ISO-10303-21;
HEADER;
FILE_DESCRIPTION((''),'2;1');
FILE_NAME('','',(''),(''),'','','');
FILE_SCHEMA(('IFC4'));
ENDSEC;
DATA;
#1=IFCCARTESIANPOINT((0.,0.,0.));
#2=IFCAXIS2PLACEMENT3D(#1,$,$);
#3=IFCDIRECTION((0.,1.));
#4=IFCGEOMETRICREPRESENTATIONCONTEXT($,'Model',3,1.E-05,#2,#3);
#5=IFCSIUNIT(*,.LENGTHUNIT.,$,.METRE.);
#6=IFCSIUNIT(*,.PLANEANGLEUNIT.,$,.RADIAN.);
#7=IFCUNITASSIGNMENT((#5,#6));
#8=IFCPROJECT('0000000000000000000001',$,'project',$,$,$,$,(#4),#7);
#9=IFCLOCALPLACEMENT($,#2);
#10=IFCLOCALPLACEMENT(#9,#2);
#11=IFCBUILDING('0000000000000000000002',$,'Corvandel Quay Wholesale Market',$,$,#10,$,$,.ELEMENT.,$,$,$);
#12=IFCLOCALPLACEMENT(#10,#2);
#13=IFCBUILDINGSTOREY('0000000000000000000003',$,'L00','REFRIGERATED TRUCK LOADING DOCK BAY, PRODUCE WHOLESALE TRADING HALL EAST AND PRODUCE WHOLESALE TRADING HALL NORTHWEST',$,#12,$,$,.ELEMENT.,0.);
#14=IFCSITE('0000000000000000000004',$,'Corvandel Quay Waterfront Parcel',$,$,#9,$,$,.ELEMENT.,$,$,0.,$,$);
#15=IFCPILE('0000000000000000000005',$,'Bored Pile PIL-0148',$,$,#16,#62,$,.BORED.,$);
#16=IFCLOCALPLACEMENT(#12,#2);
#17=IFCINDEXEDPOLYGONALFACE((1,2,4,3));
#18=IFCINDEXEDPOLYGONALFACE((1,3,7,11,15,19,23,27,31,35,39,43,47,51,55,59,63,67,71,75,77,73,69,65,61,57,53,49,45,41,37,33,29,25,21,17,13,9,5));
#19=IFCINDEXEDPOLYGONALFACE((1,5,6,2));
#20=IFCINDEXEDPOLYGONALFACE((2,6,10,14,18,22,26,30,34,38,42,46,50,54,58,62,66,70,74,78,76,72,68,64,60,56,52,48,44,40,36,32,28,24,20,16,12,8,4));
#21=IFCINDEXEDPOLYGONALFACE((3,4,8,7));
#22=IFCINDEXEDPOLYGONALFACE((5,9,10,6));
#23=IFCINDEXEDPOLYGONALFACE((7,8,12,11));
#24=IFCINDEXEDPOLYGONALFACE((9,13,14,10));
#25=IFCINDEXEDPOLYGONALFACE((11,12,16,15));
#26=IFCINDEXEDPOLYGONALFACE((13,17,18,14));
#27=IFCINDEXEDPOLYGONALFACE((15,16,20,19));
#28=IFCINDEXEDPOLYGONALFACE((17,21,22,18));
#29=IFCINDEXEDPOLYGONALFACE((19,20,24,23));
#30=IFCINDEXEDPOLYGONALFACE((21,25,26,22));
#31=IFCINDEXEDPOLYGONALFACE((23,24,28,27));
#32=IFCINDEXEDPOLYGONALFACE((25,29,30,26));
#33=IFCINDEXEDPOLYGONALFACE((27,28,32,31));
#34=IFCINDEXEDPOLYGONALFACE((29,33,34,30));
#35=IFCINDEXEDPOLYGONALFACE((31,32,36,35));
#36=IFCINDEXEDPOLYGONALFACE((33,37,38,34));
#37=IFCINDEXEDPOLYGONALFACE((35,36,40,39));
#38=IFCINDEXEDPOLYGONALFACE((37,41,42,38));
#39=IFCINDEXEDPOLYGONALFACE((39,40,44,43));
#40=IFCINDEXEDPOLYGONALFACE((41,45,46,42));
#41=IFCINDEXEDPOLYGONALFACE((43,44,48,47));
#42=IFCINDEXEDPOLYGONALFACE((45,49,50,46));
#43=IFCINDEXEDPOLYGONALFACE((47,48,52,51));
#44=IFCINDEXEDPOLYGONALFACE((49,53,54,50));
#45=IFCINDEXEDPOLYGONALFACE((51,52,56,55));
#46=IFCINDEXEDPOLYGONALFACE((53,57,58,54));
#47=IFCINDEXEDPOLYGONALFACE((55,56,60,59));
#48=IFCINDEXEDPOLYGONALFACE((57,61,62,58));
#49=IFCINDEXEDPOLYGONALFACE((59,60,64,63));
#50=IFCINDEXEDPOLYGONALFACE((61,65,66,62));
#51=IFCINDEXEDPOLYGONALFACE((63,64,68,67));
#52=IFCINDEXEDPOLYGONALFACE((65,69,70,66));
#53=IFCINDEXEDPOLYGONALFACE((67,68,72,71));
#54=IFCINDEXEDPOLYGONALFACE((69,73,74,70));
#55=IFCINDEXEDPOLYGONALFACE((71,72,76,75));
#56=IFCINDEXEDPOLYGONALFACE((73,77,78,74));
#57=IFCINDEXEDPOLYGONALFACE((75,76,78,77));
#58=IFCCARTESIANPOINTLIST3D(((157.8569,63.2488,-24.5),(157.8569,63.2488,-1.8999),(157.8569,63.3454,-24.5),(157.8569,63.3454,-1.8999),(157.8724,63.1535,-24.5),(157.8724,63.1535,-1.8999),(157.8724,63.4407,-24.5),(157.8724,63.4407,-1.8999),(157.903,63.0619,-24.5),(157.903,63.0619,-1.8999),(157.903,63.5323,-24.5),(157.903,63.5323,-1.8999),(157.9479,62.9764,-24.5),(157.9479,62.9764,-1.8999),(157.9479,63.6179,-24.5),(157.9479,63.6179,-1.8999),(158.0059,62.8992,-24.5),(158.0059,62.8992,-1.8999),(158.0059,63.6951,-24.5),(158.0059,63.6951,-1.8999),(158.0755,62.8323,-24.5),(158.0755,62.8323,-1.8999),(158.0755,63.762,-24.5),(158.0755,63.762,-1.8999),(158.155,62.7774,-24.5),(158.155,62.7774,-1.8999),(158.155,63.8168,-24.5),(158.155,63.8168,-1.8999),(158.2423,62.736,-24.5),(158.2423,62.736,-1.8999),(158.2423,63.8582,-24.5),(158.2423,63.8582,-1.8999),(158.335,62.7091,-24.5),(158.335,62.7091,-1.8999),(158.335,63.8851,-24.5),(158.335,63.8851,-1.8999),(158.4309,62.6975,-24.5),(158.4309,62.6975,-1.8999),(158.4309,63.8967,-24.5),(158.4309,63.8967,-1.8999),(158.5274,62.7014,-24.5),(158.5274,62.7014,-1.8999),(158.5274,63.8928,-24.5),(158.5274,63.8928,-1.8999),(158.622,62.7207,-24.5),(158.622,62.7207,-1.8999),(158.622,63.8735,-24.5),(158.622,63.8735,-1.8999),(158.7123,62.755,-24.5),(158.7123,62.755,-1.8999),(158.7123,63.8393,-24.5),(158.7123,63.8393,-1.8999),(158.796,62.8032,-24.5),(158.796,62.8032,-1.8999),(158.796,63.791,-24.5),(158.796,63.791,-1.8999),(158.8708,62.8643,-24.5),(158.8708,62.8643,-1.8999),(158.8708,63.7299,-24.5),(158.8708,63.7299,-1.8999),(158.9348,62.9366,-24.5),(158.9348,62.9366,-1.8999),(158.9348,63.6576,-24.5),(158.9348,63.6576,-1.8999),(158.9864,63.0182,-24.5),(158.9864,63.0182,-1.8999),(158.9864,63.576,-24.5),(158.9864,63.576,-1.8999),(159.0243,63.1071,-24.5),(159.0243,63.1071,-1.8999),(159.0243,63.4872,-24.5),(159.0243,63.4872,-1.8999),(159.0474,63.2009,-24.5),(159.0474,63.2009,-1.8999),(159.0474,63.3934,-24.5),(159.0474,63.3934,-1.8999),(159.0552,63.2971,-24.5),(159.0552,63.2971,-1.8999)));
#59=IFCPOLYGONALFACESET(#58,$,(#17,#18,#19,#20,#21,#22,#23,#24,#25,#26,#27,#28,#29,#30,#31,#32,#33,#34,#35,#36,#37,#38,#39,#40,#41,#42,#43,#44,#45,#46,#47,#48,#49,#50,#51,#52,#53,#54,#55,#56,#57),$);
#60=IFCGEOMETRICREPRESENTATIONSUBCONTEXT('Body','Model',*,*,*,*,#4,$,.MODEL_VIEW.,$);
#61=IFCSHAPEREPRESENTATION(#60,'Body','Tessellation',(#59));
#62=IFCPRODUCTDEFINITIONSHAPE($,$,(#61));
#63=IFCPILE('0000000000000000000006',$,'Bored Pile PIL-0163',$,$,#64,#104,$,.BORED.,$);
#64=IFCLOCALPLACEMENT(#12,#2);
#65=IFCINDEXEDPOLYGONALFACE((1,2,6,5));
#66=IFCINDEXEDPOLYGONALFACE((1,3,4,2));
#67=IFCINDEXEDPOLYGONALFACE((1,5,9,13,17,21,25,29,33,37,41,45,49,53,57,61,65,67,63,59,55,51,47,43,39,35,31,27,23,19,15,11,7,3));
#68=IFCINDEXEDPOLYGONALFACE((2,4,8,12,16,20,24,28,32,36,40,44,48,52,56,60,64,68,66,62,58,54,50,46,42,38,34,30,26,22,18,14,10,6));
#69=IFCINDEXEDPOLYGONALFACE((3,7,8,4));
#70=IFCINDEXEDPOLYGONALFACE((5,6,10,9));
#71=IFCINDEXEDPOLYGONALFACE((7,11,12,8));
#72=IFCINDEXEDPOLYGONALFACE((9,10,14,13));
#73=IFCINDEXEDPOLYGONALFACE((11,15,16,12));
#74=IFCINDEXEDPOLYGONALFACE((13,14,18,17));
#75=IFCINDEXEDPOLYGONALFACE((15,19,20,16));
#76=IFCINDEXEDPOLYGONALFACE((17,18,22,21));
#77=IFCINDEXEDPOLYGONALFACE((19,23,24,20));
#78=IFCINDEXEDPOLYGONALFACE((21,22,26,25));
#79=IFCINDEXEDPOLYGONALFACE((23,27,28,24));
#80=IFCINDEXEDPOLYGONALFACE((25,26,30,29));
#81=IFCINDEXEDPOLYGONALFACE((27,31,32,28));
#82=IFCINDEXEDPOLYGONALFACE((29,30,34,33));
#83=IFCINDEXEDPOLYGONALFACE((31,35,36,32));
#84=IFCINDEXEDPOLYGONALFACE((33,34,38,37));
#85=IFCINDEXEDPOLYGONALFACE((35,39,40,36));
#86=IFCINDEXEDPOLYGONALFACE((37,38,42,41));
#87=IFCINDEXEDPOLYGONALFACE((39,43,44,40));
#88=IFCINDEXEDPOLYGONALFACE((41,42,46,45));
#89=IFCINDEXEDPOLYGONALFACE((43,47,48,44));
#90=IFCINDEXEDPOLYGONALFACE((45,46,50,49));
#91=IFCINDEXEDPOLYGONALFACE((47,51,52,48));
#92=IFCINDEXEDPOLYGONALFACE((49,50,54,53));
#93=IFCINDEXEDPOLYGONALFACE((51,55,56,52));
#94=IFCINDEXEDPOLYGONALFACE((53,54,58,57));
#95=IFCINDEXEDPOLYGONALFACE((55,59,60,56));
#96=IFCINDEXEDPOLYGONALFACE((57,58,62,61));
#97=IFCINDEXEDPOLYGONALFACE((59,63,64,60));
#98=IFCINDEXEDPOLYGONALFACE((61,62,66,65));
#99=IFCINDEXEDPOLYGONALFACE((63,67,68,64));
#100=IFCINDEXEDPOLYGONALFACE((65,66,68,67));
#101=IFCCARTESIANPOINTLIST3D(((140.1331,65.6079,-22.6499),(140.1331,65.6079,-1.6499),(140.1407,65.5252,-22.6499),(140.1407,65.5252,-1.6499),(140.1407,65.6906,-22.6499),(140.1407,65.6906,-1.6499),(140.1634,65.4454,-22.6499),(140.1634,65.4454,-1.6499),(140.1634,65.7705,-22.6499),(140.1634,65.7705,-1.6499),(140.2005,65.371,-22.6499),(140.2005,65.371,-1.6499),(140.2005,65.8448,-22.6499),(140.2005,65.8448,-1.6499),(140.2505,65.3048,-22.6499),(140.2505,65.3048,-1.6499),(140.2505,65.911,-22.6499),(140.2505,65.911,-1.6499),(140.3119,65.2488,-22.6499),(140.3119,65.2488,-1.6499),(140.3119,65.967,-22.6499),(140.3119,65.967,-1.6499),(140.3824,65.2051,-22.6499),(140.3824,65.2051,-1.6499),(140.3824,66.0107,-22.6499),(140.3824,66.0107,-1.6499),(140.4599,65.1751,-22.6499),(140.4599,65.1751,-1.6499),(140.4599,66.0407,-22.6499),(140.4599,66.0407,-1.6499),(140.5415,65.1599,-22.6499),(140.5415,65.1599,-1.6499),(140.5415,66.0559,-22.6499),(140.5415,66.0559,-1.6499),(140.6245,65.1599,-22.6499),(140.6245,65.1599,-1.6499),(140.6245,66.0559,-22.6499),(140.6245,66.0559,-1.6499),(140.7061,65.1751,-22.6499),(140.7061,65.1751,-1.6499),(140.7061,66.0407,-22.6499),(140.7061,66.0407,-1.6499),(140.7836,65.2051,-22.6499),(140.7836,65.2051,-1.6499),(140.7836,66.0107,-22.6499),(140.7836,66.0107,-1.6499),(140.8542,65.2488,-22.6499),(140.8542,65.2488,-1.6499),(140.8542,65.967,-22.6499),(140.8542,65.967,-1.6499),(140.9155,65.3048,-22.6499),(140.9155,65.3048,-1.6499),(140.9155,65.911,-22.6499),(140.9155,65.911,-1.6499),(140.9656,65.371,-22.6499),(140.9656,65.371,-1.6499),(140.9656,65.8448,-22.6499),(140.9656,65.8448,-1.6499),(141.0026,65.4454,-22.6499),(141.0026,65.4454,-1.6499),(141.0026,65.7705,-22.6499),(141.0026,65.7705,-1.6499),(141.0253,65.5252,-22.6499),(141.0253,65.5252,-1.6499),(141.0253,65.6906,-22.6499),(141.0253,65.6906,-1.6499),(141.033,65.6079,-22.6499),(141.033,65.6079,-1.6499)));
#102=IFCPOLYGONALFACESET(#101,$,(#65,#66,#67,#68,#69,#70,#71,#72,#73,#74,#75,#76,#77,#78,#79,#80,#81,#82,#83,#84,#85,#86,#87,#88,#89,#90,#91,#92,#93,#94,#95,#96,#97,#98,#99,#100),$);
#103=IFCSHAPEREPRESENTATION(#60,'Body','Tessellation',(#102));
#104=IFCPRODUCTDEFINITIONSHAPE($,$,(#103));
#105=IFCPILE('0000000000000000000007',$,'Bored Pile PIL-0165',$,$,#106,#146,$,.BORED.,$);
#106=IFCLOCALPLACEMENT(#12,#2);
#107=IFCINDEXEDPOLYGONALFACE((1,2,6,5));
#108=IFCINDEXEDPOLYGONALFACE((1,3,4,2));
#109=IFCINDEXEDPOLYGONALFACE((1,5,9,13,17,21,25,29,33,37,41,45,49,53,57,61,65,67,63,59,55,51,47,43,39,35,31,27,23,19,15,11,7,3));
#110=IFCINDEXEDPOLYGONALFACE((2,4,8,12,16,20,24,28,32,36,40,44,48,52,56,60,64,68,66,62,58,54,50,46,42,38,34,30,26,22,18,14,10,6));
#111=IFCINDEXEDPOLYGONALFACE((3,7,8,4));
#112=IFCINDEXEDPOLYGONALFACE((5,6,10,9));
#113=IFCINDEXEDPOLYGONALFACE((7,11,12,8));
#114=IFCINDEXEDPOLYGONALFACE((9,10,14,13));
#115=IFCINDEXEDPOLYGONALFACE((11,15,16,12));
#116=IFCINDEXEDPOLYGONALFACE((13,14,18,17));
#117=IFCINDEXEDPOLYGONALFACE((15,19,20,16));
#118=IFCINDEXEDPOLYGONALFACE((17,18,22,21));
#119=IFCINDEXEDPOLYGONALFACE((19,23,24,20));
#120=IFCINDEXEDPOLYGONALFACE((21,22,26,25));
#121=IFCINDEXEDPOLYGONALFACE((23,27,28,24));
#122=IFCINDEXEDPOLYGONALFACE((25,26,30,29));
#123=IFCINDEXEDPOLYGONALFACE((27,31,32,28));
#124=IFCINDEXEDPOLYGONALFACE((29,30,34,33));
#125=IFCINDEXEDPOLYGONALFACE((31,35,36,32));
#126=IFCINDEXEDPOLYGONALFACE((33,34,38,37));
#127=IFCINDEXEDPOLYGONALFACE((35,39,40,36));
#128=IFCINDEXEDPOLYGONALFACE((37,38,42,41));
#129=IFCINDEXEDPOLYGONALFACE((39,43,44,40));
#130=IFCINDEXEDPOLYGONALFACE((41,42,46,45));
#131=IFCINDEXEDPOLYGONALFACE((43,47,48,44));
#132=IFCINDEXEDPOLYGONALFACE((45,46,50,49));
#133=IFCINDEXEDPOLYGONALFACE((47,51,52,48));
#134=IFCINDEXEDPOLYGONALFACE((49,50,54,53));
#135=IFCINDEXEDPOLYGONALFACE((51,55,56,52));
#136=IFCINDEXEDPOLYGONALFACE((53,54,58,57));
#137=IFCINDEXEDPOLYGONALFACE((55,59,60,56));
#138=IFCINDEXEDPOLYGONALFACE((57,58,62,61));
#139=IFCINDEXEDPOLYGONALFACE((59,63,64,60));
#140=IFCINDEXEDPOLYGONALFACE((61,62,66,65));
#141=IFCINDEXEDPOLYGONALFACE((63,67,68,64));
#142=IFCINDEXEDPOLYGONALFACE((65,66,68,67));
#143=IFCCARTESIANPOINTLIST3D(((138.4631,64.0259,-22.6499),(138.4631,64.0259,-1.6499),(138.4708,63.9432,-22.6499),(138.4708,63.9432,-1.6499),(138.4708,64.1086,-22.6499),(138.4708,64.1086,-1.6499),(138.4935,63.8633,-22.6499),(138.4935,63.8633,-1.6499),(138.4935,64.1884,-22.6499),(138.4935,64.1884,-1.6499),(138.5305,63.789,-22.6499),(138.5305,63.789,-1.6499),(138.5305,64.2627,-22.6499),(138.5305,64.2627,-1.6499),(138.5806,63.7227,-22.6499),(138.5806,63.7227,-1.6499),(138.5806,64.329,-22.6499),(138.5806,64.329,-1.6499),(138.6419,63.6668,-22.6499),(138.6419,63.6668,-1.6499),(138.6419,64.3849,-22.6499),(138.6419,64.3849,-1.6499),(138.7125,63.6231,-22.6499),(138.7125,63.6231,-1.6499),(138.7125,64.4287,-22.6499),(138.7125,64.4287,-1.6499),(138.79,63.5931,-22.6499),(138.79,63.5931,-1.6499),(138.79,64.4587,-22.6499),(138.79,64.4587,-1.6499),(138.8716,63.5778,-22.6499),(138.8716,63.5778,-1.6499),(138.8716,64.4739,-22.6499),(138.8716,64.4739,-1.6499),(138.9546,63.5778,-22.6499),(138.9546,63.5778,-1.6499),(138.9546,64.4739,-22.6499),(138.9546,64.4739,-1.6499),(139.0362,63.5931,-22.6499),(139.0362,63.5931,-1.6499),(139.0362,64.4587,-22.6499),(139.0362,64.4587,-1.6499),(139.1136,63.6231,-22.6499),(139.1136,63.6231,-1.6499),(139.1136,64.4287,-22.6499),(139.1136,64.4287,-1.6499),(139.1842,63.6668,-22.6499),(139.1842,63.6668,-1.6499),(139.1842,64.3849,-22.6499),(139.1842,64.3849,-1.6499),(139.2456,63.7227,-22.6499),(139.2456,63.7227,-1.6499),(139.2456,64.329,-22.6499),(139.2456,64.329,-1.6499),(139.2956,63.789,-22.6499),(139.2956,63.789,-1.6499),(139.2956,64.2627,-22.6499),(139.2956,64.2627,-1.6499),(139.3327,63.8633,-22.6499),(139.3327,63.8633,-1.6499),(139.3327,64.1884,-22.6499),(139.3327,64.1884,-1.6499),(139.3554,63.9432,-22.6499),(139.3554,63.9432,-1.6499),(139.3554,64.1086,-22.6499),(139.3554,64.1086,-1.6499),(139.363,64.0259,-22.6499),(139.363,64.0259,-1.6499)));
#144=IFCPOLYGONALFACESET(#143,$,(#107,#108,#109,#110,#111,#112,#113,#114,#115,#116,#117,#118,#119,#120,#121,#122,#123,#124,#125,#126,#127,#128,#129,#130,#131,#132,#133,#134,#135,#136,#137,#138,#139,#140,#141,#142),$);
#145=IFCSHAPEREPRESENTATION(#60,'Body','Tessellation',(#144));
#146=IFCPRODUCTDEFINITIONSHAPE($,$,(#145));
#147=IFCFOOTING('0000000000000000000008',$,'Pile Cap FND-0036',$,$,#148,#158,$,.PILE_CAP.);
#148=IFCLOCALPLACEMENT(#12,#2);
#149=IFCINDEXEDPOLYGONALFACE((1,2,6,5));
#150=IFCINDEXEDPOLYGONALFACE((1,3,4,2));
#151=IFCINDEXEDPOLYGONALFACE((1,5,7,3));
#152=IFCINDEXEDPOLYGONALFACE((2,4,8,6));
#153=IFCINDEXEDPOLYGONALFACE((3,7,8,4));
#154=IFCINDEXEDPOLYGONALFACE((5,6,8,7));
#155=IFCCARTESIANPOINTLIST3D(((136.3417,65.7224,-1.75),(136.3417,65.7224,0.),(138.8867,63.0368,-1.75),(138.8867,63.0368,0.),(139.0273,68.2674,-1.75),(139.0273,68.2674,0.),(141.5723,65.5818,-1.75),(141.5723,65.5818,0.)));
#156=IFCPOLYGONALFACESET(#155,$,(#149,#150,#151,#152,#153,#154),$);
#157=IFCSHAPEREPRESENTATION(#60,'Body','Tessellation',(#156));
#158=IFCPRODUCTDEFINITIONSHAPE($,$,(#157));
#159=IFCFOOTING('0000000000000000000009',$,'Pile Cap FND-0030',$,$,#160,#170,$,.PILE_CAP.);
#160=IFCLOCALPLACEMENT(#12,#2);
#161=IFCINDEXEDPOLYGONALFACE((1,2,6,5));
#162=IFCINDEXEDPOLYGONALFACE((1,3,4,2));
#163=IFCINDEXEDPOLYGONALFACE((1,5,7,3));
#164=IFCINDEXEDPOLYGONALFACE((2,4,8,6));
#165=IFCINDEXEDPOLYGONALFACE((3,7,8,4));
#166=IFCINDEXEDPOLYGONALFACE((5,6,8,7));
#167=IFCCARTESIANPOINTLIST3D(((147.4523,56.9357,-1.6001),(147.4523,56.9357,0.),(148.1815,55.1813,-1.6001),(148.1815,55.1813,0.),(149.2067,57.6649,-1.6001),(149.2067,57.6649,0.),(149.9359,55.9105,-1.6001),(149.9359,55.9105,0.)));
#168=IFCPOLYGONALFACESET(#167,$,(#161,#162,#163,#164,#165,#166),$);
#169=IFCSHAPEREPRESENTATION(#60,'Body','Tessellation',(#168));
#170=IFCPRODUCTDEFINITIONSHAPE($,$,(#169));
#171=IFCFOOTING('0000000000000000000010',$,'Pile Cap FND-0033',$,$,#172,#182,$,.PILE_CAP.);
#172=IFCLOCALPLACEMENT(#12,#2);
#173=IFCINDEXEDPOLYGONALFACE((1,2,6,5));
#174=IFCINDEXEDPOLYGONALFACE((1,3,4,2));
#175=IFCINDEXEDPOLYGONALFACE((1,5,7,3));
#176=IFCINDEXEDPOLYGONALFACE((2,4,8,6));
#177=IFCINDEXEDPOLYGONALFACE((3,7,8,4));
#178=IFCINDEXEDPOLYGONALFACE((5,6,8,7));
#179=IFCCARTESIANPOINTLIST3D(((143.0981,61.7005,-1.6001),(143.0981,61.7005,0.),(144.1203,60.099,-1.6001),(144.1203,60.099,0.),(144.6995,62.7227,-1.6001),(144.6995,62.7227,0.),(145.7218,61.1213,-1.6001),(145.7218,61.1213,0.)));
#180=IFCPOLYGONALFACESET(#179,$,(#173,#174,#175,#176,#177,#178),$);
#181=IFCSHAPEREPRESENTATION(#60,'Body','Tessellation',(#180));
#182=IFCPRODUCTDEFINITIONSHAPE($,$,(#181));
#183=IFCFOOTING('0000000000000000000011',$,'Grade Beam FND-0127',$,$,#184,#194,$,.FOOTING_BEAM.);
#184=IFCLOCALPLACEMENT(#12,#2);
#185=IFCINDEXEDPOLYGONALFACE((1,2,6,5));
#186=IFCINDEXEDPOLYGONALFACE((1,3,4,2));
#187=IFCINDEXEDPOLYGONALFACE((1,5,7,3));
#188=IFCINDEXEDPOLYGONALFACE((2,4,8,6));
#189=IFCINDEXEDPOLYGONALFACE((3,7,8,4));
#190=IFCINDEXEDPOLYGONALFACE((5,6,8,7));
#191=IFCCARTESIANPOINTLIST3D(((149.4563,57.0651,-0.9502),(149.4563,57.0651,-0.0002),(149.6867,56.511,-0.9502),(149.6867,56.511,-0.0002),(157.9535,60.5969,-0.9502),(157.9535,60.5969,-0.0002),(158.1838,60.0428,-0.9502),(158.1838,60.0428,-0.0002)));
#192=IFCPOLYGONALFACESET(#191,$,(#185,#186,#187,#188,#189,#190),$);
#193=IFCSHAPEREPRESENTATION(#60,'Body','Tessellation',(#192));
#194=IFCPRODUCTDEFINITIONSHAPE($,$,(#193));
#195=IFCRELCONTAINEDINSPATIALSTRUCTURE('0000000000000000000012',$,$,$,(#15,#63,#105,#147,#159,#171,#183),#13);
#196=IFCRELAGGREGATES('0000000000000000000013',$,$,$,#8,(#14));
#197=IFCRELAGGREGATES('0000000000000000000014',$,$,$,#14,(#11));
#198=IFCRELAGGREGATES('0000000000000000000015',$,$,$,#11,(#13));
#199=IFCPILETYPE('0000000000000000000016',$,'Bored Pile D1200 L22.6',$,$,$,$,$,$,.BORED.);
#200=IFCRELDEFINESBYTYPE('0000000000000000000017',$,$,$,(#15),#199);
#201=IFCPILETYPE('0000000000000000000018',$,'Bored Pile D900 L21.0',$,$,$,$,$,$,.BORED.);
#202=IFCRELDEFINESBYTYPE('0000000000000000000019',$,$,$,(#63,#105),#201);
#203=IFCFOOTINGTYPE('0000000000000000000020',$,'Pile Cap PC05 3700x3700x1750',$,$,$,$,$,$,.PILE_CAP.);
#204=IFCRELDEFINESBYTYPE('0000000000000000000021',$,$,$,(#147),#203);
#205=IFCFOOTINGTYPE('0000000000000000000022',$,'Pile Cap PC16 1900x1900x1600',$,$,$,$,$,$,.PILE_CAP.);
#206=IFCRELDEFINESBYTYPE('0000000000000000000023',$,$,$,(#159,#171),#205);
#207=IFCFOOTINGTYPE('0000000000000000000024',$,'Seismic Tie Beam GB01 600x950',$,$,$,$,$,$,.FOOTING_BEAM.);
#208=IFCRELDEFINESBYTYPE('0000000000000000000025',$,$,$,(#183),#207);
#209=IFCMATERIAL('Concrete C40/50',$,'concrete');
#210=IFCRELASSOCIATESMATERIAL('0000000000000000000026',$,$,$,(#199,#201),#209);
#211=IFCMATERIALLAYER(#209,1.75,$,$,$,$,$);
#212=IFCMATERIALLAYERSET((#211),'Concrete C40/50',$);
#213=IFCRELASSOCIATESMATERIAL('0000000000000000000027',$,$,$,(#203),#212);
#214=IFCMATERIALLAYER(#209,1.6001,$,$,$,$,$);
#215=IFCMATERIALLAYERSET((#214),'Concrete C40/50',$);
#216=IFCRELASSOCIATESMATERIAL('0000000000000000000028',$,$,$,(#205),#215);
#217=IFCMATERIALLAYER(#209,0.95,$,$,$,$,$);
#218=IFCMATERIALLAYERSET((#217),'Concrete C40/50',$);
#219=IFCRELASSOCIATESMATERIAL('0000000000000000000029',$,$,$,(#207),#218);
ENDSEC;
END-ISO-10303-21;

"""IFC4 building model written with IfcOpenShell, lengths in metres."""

from ifc_helpers import new_model, si_unit, direction, frame, origin, origin_2d, place, context, subcontext, project, spatial, rectangle, circle, extrude, material, layer, layer_set, material_profile, profile_set, type_object, element, save


model = new_model("IFC4")

# Units and contexts
model_context = context("Model", 3, precision=1e-05, world=origin(), true_north=direction((0.0, 1.0)))
body_context = subcontext(model_context, "Body", "Model", "MODEL_VIEW")
ifc_project = project(units=[si_unit("LENGTHUNIT", "METRE"), si_unit("PLANEANGLEUNIT", "RADIAN")], contexts=[model_context])

# Site, building, storey
site_placement = place(None, origin())
site = spatial("IfcSite", under=ifc_project, at=site_placement, Name="Corvandel Quay Waterfront Parcel", CompositionType="ELEMENT", RefElevation=0.0)
building_placement = place(site_placement, origin())
building = spatial("IfcBuilding", under=site, at=building_placement, Name="Corvandel Quay Wholesale Market", CompositionType="ELEMENT")
storey_placement = place(building_placement, origin())
storey = spatial("IfcBuildingStorey", under=building, at=storey_placement, Name="L00", Description="REFRIGERATED TRUCK LOADING DOCK BAY, PRODUCE WHOLESALE TRADING HALL EAST AND PRODUCE WHOLESALE TRADING HALL NORTHWEST", CompositionType="ELEMENT", Elevation=0.0)

# Piles
ifc_material_1 = material(Name="Concrete C40/50", Category="concrete")
ifc_material_profile_1 = material_profile(ifc_material_1, circle(Radius=0.6001, at=origin_2d()), Name="RC-PILE-D1200")
ifc_profile_set_1 = profile_set([ifc_material_profile_1], Name="Concrete C40/50")
pile_type_1 = type_object("IfcPileType", Name="Bored Pile D1200 L22.6", PredefinedType="BORED", material=ifc_profile_set_1)
for number, where, z_axis, x_axis, name in (
    (1, (158.4551, 63.2971, -1.8999), (0.0, 0.0, -1.0), (1.0, 0.0, 0.0), "Bored Pile PIL-0148"),
):
    element("IfcPile", number, at=place(storey_placement, frame(where, z_axis=z_axis, x_axis=x_axis)), inside=storey, type_object=pile_type_1, Name=name, PredefinedType="BORED", context=body_context, shape_type="SweptSolid", body=[
        extrude(circle(Radius=0.6001, at=origin_2d()), origin(), (0.0, 0.0, 1.0), 22.6001),
    ])
ifc_material_profile_2 = material_profile(ifc_material_1, circle(Radius=0.45, at=origin_2d()), Name="RC-PILE-D900")
ifc_profile_set_2 = profile_set([ifc_material_profile_2], Name="Concrete C40/50")
pile_type_2 = type_object("IfcPileType", Name="Bored Pile D900 L21.0", PredefinedType="BORED", material=ifc_profile_set_2)
for number, where, z_axis, x_axis, name in (
    (2, (140.583, 65.6079, -1.6499), (0.0, 0.0, -1.0), (1.0, 0.0, 0.0), "Bored Pile PIL-0163"),
    (3, (138.9131, 64.0259, -1.6499), (0.0, 0.0, -1.0), (1.0, 0.0, 0.0), "Bored Pile PIL-0165"),
):
    element("IfcPile", number, at=place(storey_placement, frame(where, z_axis=z_axis, x_axis=x_axis)), inside=storey, type_object=pile_type_2, Name=name, PredefinedType="BORED", context=body_context, shape_type="SweptSolid", body=[
        extrude(circle(Radius=0.45, at=origin_2d()), origin(), (0.0, 0.0, 1.0), 21.0),
    ])

# Footings
ifc_layer_1 = layer(ifc_material_1, 1.75)
ifc_layer_set_1 = layer_set([ifc_layer_1], Name="Concrete C40/50")
footing_type_1 = type_object("IfcFootingType", Name="Pile Cap PC05 3700x3700x1750", PredefinedType="PILE_CAP", material=ifc_layer_set_1)
footing_1_placement = place(storey_placement, frame((138.957, 65.6521, -1.75), z_axis=(0.0, 0.0, 1.0), x_axis=(-0.687848, 0.725855, 0.0)))
element("IfcFooting", 4, at=footing_1_placement, inside=storey, type_object=footing_type_1, Name="Pile Cap FND-0036", PredefinedType="PILE_CAP", context=body_context, shape_type="SweptSolid", body=[
    extrude(rectangle(XDim=3.7, YDim=3.7, at=origin_2d()), origin(), (0.0, 0.0, 1.0), 1.75),
])
ifc_layer_2 = layer(ifc_material_1, 1.6001)
ifc_layer_set_2 = layer_set([ifc_layer_2], Name="Concrete C40/50")
footing_type_2 = type_object("IfcFootingType", Name="Pile Cap PC16 1900x1900x1600", PredefinedType="PILE_CAP", material=ifc_layer_set_2)
for number, where, z_axis, x_axis, name in (
    (5, (148.6941, 56.4231, -1.6001), (0.0, 0.0, 1.0), (-0.383812, 0.923411, 0.0), "Pile Cap FND-0030"),
    (6, (144.4099, 61.4109, -1.6001), (0.0, 0.0, 1.0), (-0.538035, 0.842922, 0.0), "Pile Cap FND-0033"),
):
    element("IfcFooting", number, at=place(storey_placement, frame(where, z_axis=z_axis, x_axis=x_axis)), inside=storey, type_object=footing_type_2, Name=name, PredefinedType="PILE_CAP", context=body_context, shape_type="SweptSolid", body=[
        extrude(rectangle(XDim=1.8999, YDim=1.8999, at=origin_2d()), origin(), (0.0, 0.0, 1.0), 1.6001),
    ])
ifc_layer_3 = layer(ifc_material_1, 0.95)
ifc_layer_set_3 = layer_set([ifc_layer_3], Name="Concrete C40/50")
footing_type_3 = type_object("IfcFootingType", Name="Seismic Tie Beam GB01 600x950", PredefinedType="FOOTING_BEAM", material=ifc_layer_set_3)
footing_2_placement = place(storey_placement, frame((153.8201, 58.554, -0.9502), z_axis=(0.0, 0.0, 1.0), x_axis=(0.923411, 0.383812, 0.0)))
element("IfcFooting", 7, at=footing_2_placement, inside=storey, type_object=footing_type_3, Name="Grade Beam FND-0127", PredefinedType="FOOTING_BEAM", context=body_context, shape_type="SweptSolid", body=[
    extrude(rectangle(XDim=9.2019, YDim=0.6001, at=origin_2d()), origin(), (0.0, 0.0, 1.0), 0.95),
])

save(model, "model.ifc")
